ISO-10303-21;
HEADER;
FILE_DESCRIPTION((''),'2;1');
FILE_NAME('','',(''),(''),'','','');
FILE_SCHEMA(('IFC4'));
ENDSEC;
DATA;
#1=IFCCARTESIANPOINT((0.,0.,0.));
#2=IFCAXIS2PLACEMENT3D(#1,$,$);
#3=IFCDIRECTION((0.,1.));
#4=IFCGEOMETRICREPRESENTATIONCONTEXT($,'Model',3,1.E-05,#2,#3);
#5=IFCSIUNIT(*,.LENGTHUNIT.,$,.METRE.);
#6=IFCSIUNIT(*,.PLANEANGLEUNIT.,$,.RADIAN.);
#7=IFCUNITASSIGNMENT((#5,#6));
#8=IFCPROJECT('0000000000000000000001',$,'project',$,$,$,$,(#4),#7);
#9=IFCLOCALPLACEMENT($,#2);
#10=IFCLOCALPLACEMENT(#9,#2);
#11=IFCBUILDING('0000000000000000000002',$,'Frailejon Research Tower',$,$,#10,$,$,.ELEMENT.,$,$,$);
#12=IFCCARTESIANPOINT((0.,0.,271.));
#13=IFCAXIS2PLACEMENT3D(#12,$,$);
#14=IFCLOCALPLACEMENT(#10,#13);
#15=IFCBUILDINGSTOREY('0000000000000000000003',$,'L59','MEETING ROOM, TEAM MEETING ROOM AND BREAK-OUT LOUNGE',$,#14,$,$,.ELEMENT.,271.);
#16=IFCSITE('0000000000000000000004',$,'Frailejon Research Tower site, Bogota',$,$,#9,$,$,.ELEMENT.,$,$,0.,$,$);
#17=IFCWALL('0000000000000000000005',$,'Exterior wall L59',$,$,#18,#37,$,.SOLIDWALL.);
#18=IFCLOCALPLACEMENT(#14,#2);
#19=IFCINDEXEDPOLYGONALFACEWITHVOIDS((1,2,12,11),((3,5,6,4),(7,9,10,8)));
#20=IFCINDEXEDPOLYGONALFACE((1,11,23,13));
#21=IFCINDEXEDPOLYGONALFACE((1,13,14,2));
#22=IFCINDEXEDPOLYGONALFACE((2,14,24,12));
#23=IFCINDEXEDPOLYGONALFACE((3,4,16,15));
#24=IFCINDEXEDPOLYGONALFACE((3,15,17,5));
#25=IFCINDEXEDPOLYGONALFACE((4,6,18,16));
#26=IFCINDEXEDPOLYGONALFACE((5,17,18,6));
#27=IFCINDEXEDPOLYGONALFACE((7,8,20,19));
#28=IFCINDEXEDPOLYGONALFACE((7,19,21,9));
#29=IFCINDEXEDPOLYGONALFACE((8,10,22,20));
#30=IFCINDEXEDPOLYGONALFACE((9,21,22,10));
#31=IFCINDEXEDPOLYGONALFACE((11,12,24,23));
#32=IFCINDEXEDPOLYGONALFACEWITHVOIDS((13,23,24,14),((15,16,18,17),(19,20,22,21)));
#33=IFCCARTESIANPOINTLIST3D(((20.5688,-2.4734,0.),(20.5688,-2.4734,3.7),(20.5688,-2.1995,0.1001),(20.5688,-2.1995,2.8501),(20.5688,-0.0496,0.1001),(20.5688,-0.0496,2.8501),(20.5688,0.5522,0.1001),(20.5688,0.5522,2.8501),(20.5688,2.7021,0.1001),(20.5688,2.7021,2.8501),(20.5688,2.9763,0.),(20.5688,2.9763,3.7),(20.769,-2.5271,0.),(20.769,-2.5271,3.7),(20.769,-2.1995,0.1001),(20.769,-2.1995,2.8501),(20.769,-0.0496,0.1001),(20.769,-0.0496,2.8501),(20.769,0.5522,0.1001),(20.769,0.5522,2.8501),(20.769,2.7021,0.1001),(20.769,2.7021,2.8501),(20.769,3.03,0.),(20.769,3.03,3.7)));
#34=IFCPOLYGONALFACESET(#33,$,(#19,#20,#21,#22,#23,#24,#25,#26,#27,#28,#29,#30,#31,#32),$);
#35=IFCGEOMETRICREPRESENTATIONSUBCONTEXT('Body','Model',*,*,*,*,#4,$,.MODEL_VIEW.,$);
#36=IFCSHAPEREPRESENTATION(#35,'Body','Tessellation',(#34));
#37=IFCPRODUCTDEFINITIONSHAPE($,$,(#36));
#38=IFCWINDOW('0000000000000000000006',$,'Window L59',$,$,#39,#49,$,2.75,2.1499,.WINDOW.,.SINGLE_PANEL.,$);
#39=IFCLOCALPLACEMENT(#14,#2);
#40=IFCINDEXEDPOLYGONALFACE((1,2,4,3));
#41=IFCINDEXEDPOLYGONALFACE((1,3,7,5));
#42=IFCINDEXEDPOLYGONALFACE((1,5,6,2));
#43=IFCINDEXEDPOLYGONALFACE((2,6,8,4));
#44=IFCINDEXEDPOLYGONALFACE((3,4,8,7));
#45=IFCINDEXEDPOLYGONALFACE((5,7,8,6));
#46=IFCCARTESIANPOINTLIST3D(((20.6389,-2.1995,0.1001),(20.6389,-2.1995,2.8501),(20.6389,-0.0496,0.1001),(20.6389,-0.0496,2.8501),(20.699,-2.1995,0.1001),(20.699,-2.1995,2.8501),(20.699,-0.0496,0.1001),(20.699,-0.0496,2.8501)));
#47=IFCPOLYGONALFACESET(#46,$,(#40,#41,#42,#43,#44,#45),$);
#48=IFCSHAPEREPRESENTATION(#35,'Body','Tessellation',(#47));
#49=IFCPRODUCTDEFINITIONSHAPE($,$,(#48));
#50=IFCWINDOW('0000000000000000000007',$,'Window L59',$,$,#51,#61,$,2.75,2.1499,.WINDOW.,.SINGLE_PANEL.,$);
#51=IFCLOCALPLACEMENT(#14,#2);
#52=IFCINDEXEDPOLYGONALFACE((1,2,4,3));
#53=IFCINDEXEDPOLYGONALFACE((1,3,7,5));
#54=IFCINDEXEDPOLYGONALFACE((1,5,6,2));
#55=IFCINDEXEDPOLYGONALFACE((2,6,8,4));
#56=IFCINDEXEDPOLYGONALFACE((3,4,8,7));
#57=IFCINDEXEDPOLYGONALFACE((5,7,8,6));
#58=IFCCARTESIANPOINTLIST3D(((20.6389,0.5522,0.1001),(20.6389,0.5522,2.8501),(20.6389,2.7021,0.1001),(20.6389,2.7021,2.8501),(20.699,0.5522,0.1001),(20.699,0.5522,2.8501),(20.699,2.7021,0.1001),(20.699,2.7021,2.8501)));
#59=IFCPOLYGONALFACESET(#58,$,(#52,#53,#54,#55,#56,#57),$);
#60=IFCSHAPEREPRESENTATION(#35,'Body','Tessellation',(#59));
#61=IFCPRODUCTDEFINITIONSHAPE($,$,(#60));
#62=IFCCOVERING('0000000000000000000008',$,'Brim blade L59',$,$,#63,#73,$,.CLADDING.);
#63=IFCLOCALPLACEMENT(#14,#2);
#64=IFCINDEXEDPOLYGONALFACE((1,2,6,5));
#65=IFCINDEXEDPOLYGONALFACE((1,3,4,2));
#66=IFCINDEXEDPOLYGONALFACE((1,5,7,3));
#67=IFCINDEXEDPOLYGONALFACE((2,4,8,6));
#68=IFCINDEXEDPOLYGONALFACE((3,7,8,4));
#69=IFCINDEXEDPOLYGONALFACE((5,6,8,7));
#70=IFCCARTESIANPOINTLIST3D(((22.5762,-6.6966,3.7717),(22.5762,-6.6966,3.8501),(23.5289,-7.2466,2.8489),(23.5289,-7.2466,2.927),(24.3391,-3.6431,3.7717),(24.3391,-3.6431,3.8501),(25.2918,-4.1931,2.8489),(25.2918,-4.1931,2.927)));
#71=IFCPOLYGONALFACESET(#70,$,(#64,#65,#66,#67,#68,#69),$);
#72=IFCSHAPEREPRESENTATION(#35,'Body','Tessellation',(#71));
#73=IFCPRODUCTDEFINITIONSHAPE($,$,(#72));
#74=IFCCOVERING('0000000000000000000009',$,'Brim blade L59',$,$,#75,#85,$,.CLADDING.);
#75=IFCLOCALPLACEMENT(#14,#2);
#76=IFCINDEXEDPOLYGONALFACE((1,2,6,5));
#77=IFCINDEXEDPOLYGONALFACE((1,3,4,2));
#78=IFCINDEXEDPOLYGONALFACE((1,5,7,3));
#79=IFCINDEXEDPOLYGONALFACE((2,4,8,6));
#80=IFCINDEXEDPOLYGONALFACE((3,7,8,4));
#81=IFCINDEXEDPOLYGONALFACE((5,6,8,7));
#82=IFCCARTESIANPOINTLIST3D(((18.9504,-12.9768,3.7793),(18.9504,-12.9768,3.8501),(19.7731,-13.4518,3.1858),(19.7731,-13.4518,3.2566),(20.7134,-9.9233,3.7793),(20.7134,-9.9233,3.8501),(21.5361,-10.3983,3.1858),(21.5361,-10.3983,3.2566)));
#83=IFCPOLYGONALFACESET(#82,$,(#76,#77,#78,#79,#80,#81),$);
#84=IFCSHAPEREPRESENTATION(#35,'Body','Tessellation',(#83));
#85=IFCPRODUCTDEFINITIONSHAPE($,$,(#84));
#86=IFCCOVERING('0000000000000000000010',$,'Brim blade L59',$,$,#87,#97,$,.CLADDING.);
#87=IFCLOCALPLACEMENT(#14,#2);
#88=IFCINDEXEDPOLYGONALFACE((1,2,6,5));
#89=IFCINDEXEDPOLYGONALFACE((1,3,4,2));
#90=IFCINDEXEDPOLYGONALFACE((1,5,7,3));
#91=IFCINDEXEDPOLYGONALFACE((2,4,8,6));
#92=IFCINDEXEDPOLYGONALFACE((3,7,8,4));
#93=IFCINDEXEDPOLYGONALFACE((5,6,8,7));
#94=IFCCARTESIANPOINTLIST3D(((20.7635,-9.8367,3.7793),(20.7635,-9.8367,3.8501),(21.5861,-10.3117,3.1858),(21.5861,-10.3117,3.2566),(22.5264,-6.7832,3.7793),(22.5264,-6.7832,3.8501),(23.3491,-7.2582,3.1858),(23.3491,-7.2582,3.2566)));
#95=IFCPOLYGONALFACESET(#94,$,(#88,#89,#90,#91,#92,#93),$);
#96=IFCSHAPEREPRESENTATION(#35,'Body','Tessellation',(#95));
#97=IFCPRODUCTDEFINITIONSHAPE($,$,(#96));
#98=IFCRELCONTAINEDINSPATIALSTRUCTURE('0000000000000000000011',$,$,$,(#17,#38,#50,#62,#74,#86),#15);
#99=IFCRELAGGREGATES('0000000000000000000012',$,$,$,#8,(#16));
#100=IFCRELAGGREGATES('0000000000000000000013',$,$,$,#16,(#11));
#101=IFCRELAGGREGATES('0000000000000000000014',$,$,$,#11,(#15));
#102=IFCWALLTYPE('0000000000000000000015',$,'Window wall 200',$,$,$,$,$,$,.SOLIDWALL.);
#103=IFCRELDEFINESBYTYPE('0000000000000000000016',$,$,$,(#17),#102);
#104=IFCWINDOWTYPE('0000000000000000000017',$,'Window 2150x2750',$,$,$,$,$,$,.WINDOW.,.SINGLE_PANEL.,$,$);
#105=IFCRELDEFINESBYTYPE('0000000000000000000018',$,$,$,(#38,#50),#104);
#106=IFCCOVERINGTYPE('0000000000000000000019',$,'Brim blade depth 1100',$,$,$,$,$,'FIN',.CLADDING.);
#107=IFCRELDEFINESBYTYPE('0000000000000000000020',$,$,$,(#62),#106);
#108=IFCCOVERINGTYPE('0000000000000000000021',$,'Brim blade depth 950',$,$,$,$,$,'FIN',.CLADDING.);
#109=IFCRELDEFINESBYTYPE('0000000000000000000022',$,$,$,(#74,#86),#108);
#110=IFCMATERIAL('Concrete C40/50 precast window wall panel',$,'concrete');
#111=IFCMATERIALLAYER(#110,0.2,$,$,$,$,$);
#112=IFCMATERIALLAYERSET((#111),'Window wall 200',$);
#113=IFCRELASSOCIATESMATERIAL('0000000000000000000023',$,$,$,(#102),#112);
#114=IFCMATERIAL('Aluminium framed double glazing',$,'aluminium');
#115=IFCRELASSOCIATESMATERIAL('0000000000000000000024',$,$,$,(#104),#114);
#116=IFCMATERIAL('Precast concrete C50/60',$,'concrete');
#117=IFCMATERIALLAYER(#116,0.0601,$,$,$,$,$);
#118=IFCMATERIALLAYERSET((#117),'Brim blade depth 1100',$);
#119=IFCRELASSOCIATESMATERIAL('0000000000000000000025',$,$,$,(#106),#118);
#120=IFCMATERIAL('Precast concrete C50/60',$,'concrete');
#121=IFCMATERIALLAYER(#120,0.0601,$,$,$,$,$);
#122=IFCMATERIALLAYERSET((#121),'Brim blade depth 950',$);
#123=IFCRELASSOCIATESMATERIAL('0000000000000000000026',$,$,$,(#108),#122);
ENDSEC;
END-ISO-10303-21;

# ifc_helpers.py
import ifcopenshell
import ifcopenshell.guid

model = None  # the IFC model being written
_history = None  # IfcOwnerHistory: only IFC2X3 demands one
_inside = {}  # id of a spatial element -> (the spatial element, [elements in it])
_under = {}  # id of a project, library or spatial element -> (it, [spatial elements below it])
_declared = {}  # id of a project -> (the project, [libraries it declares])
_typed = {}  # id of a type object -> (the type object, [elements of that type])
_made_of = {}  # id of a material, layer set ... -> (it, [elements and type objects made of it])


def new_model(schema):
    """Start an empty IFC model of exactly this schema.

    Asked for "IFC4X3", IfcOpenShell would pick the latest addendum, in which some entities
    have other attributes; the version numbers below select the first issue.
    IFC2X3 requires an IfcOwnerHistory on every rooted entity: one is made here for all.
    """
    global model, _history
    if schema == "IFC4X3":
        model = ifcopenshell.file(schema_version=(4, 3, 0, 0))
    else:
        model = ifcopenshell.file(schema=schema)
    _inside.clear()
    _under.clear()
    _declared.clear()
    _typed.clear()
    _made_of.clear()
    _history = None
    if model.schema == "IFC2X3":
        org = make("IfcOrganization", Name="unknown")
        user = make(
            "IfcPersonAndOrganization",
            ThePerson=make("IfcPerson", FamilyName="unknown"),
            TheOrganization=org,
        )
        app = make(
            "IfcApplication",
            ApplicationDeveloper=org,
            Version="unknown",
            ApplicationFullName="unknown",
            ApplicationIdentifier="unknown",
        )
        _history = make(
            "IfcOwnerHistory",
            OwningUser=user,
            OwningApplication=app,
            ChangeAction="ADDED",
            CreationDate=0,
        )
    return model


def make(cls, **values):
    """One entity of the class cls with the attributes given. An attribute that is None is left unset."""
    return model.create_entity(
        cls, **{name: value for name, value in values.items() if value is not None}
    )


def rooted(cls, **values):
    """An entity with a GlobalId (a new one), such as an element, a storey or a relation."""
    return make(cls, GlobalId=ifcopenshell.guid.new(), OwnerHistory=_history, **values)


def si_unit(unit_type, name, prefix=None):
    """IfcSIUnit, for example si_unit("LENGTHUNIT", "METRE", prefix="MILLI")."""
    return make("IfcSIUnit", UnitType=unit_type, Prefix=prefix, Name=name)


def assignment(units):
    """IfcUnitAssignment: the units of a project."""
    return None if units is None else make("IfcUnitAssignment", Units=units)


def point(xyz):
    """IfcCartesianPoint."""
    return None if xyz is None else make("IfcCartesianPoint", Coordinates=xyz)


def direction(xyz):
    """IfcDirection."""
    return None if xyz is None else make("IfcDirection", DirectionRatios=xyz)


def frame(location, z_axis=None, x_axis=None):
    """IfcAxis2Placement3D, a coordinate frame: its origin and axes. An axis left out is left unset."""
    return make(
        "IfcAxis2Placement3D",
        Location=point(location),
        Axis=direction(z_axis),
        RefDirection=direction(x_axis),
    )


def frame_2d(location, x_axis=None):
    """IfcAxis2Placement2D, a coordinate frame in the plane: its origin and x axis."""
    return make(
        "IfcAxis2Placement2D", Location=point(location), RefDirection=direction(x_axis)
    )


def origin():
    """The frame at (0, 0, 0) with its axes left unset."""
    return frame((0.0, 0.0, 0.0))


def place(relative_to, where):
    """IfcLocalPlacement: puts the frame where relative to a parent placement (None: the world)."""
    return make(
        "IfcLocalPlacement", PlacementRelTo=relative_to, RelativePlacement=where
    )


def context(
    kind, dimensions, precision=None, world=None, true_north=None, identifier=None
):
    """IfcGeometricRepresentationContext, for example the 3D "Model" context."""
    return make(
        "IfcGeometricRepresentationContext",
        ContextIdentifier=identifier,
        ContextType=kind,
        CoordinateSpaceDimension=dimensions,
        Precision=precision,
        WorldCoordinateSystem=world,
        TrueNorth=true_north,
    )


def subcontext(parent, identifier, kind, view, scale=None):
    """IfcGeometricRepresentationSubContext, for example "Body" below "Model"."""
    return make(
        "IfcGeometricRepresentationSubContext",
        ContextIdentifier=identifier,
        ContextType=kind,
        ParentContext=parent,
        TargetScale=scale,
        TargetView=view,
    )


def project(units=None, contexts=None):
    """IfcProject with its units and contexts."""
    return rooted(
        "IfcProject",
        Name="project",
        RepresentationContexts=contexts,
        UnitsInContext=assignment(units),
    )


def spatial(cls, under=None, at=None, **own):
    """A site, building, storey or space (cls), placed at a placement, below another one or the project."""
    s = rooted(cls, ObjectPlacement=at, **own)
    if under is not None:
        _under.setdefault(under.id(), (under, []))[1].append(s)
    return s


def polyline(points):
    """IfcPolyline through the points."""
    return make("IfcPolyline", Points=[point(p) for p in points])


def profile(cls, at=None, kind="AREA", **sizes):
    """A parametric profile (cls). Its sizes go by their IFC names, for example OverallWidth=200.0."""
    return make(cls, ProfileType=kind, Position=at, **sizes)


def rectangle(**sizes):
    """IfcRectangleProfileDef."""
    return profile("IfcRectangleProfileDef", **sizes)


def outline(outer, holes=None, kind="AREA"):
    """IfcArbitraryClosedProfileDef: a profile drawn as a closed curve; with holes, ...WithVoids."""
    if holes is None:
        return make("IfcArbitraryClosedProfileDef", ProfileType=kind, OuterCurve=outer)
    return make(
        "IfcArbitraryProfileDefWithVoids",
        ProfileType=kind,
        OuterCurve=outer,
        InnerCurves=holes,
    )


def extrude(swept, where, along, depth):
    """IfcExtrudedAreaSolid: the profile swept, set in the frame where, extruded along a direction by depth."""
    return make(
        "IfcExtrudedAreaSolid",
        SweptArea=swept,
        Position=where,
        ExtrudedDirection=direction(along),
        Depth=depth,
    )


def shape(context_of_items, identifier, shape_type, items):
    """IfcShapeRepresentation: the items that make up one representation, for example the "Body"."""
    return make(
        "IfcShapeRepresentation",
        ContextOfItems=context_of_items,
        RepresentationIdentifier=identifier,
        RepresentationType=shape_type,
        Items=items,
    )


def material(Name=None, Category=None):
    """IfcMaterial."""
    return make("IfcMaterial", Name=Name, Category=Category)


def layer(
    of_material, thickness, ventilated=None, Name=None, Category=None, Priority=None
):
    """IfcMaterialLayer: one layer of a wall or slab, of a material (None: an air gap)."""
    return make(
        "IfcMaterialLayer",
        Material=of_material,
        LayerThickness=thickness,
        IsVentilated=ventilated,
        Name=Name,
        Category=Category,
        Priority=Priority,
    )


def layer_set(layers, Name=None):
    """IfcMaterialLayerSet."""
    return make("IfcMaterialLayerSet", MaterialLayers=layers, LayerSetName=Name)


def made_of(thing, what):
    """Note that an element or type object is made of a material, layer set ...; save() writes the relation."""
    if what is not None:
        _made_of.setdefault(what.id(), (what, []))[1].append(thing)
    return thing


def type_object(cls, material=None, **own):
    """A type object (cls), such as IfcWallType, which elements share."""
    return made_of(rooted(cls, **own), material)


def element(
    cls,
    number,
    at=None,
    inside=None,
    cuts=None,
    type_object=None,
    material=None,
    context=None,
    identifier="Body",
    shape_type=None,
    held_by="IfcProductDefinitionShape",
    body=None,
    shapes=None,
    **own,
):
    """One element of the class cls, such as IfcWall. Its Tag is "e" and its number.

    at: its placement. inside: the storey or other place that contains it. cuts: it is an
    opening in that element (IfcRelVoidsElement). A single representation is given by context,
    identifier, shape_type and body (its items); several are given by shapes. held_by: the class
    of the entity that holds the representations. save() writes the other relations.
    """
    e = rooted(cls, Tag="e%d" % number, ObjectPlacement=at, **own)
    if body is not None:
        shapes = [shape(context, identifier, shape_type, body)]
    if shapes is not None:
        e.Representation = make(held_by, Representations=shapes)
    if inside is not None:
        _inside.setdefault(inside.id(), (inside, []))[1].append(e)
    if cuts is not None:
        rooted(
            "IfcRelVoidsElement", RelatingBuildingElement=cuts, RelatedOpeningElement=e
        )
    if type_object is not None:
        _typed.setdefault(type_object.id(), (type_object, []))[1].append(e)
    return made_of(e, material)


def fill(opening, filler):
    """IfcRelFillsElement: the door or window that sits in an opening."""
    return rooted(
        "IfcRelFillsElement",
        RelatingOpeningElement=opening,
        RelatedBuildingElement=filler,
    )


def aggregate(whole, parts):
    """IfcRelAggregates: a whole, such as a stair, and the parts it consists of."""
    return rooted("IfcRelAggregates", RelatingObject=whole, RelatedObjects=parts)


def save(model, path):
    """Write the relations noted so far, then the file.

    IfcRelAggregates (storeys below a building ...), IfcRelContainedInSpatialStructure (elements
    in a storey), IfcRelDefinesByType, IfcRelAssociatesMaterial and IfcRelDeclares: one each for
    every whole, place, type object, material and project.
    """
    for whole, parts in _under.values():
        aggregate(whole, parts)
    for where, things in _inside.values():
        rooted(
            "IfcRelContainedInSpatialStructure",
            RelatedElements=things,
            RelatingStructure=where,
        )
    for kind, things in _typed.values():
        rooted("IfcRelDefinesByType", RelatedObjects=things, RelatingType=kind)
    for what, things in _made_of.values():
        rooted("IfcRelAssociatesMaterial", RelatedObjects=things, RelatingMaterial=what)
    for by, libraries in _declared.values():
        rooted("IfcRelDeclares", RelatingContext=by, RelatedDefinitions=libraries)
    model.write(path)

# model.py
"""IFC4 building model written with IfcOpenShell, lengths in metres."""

from ifc_helpers import new_model, si_unit, direction, frame, frame_2d, origin, place, context, subcontext, project, spatial, polyline, rectangle, outline, extrude, material, layer, layer_set, type_object, element, fill, save


model = new_model("IFC4")

# Units and contexts
model_context = context("Model", 3, precision=1e-05, world=origin(), true_north=direction((0.0, 1.0)))
body_context = subcontext(model_context, "Body", "Model", "MODEL_VIEW")
ifc_project = project(units=[si_unit("LENGTHUNIT", "METRE"), si_unit("PLANEANGLEUNIT", "RADIAN")], contexts=[model_context])

# Site, building, storey
site_placement = place(None, origin())
site = spatial("IfcSite", under=ifc_project, at=site_placement, Name="Frailejon Research Tower site, Bogota", CompositionType="ELEMENT", RefElevation=0.0)
building_placement = place(site_placement, origin())
building = spatial("IfcBuilding", under=site, at=building_placement, Name="Frailejon Research Tower", CompositionType="ELEMENT")
storey_placement = place(building_placement, frame((0.0, 0.0, 271.0)))
storey = spatial("IfcBuildingStorey", under=building, at=storey_placement, Name="L59", Description="MEETING ROOM, TEAM MEETING ROOM AND BREAK-OUT LOUNGE", CompositionType="ELEMENT", Elevation=271.0)

# Wall, openings, windows
ifc_material_1 = material(Name="Concrete C40/50 precast window wall panel", Category="concrete")
ifc_layer_1 = layer(ifc_material_1, 0.2)
ifc_layer_set_1 = layer_set([ifc_layer_1], Name="Window wall 200")
wall_type_1 = type_object("IfcWallType", Name="Window wall 200", PredefinedType="SOLIDWALL", material=ifc_layer_set_1)
wall_1_placement = place(storey_placement, frame((20.6689, -2.5002, 0.0), z_axis=(0.0, 0.0, 1.0), x_axis=(0.0, 1.0, 0.0)))
wall_1 = element("IfcWall", 1, at=wall_1_placement, inside=storey, type_object=wall_type_1, Name="Exterior wall L59", PredefinedType="SOLIDWALL", context=body_context, shape_type="SweptSolid", body=[
    extrude(outline(polyline([(-0.0269, -0.1001), (1.0845, -0.1001), (2.196, -0.1001), (3.3074, -0.1001), (4.4189, -0.1001), (5.5303, -0.1001), (5.4766, 0.1001), (4.3867, 0.1001), (3.2966, 0.1001), (2.2068, 0.1001), (1.1167, 0.1001), (0.0269, 0.1001), (-0.0269, -0.1001)])), origin(), (0.0, 0.0, 1.0), 3.7),
])
opening_1_placement = place(wall_1_placement, frame((0.3008, 0.0, 0.1001)))
opening_1 = element("IfcOpeningElement", 2, at=opening_1_placement, cuts=wall_1, PredefinedType="OPENING", context=body_context, shape_type="SweptSolid", body=[
    extrude(rectangle(XDim=2.1499, YDim=2.75, at=frame_2d((1.075, 1.375))), frame((0.0, 0.1099, 0.0), z_axis=(0.0, -1.0, 0.0), x_axis=(1.0, 0.0, 0.0)), (0.0, 0.0, 1.0), 0.22),
])
opening_2_placement = place(wall_1_placement, frame((3.0525, 0.0, 0.1001)))
opening_2 = element("IfcOpeningElement", 3, at=opening_2_placement, cuts=wall_1, PredefinedType="OPENING", context=body_context, shape_type="SweptSolid", body=[
    extrude(rectangle(XDim=2.1499, YDim=2.75, at=frame_2d((1.075, 1.375))), frame((0.0, 0.1099, 0.0), z_axis=(0.0, -1.0, 0.0), x_axis=(1.0, 0.0, 0.0)), (0.0, 0.0, 1.0), 0.22),
])
ifc_material_2 = material(Name="Aluminium framed double glazing", Category="aluminium")
window_type = type_object("IfcWindowType", Name="Window 2150x2750", PartitioningType="SINGLE_PANEL", PredefinedType="WINDOW", material=ifc_material_2)
window_1_placement = place(opening_1_placement, origin())
window_1 = element("IfcWindow", 4, at=window_1_placement, inside=storey, type_object=window_type, Name="Window L59", OverallHeight=2.75, OverallWidth=2.1499, PartitioningType="SINGLE_PANEL", PredefinedType="WINDOW", context=body_context, shape_type="SweptSolid", body=[
    extrude(rectangle(XDim=2.1499, YDim=2.75, at=frame_2d((1.075, 1.375))), frame((0.0, 0.03, 0.0), z_axis=(0.0, -1.0, 0.0), x_axis=(1.0, 0.0, 0.0)), (0.0, 0.0, 1.0), 0.0601),
])
fill(opening_1, window_1)
window_2_placement = place(opening_2_placement, origin())
window_2 = element("IfcWindow", 5, at=window_2_placement, inside=storey, type_object=window_type, Name="Window L59", OverallHeight=2.75, OverallWidth=2.1499, PartitioningType="SINGLE_PANEL", PredefinedType="WINDOW", context=body_context, shape_type="SweptSolid", body=[
    extrude(rectangle(XDim=2.1499, YDim=2.75, at=frame_2d((1.075, 1.375))), frame((0.0, 0.03, 0.0), z_axis=(0.0, -1.0, 0.0), x_axis=(1.0, 0.0, 0.0)), (0.0, 0.0, 1.0), 0.0601),
])
fill(opening_2, window_2)

# Coverings
ifc_material_3 = material(Name="Precast concrete C50/60", Category="concrete")
ifc_layer_2 = layer(ifc_material_3, 0.0601)
ifc_layer_set_2 = layer_set([ifc_layer_2], Name="Brim blade depth 1100")
covering_type_1 = type_object("IfcCoveringType", Name="Brim blade depth 1100", ElementType="FIN", PredefinedType="CLADDING", material=ifc_layer_set_2)
covering_placement = place(storey_placement, frame((24.3391, -3.6431, 3.8501), z_axis=(-0.499992, -0.86603, 0.0), x_axis=(0.86603, -0.499992, 0.0)))
element("IfcCovering", 6, at=covering_placement, inside=storey, type_object=covering_type_1, Name="Brim blade L59", PredefinedType="CLADDING", context=body_context, shape_type="SweptSolid", body=[
    extrude(outline(polyline([(0.0, -0.0784), (1.1001, -1.0012), (1.1001, -0.9231), (0.0, 0.0), (0.0, -0.0784)])), origin(), (0.0, 0.0, 1.0), 3.5259),
])
ifc_material_4 = material(Name="Precast concrete C50/60", Category="concrete")
ifc_layer_3 = layer(ifc_material_4, 0.0601)
ifc_layer_set_3 = layer_set([ifc_layer_3], Name="Brim blade depth 950")
covering_type_2 = type_object("IfcCoveringType", Name="Brim blade depth 950", ElementType="FIN", PredefinedType="CLADDING", material=ifc_layer_set_3)
for number, where, z_axis, x_axis, name in (
    (7, (20.7134, -9.9233, 3.8501), (-0.500004, -0.866023, 0.0), (0.866023, -0.500004, 0.0), "Brim blade L59"),
    (8, (22.5264, -6.7832, 3.8501), (-0.499992, -0.86603, 0.0), (0.86603, -0.499992, 0.0), "Brim blade L59"),
):
    element("IfcCovering", number, at=place(storey_placement, frame(where, z_axis=z_axis, x_axis=x_axis)), inside=storey, type_object=covering_type_2, Name=name, PredefinedType="CLADDING", context=body_context, shape_type="SweptSolid", body=[
        extrude(outline(polyline([(0.0, -0.0708), (0.95, -0.6643), (0.95, -0.5935), (0.0, 0.0), (0.0, -0.0708)])), origin(), (0.0, 0.0, 1.0), 3.5259),
    ])

save(model, "model.ifc")
